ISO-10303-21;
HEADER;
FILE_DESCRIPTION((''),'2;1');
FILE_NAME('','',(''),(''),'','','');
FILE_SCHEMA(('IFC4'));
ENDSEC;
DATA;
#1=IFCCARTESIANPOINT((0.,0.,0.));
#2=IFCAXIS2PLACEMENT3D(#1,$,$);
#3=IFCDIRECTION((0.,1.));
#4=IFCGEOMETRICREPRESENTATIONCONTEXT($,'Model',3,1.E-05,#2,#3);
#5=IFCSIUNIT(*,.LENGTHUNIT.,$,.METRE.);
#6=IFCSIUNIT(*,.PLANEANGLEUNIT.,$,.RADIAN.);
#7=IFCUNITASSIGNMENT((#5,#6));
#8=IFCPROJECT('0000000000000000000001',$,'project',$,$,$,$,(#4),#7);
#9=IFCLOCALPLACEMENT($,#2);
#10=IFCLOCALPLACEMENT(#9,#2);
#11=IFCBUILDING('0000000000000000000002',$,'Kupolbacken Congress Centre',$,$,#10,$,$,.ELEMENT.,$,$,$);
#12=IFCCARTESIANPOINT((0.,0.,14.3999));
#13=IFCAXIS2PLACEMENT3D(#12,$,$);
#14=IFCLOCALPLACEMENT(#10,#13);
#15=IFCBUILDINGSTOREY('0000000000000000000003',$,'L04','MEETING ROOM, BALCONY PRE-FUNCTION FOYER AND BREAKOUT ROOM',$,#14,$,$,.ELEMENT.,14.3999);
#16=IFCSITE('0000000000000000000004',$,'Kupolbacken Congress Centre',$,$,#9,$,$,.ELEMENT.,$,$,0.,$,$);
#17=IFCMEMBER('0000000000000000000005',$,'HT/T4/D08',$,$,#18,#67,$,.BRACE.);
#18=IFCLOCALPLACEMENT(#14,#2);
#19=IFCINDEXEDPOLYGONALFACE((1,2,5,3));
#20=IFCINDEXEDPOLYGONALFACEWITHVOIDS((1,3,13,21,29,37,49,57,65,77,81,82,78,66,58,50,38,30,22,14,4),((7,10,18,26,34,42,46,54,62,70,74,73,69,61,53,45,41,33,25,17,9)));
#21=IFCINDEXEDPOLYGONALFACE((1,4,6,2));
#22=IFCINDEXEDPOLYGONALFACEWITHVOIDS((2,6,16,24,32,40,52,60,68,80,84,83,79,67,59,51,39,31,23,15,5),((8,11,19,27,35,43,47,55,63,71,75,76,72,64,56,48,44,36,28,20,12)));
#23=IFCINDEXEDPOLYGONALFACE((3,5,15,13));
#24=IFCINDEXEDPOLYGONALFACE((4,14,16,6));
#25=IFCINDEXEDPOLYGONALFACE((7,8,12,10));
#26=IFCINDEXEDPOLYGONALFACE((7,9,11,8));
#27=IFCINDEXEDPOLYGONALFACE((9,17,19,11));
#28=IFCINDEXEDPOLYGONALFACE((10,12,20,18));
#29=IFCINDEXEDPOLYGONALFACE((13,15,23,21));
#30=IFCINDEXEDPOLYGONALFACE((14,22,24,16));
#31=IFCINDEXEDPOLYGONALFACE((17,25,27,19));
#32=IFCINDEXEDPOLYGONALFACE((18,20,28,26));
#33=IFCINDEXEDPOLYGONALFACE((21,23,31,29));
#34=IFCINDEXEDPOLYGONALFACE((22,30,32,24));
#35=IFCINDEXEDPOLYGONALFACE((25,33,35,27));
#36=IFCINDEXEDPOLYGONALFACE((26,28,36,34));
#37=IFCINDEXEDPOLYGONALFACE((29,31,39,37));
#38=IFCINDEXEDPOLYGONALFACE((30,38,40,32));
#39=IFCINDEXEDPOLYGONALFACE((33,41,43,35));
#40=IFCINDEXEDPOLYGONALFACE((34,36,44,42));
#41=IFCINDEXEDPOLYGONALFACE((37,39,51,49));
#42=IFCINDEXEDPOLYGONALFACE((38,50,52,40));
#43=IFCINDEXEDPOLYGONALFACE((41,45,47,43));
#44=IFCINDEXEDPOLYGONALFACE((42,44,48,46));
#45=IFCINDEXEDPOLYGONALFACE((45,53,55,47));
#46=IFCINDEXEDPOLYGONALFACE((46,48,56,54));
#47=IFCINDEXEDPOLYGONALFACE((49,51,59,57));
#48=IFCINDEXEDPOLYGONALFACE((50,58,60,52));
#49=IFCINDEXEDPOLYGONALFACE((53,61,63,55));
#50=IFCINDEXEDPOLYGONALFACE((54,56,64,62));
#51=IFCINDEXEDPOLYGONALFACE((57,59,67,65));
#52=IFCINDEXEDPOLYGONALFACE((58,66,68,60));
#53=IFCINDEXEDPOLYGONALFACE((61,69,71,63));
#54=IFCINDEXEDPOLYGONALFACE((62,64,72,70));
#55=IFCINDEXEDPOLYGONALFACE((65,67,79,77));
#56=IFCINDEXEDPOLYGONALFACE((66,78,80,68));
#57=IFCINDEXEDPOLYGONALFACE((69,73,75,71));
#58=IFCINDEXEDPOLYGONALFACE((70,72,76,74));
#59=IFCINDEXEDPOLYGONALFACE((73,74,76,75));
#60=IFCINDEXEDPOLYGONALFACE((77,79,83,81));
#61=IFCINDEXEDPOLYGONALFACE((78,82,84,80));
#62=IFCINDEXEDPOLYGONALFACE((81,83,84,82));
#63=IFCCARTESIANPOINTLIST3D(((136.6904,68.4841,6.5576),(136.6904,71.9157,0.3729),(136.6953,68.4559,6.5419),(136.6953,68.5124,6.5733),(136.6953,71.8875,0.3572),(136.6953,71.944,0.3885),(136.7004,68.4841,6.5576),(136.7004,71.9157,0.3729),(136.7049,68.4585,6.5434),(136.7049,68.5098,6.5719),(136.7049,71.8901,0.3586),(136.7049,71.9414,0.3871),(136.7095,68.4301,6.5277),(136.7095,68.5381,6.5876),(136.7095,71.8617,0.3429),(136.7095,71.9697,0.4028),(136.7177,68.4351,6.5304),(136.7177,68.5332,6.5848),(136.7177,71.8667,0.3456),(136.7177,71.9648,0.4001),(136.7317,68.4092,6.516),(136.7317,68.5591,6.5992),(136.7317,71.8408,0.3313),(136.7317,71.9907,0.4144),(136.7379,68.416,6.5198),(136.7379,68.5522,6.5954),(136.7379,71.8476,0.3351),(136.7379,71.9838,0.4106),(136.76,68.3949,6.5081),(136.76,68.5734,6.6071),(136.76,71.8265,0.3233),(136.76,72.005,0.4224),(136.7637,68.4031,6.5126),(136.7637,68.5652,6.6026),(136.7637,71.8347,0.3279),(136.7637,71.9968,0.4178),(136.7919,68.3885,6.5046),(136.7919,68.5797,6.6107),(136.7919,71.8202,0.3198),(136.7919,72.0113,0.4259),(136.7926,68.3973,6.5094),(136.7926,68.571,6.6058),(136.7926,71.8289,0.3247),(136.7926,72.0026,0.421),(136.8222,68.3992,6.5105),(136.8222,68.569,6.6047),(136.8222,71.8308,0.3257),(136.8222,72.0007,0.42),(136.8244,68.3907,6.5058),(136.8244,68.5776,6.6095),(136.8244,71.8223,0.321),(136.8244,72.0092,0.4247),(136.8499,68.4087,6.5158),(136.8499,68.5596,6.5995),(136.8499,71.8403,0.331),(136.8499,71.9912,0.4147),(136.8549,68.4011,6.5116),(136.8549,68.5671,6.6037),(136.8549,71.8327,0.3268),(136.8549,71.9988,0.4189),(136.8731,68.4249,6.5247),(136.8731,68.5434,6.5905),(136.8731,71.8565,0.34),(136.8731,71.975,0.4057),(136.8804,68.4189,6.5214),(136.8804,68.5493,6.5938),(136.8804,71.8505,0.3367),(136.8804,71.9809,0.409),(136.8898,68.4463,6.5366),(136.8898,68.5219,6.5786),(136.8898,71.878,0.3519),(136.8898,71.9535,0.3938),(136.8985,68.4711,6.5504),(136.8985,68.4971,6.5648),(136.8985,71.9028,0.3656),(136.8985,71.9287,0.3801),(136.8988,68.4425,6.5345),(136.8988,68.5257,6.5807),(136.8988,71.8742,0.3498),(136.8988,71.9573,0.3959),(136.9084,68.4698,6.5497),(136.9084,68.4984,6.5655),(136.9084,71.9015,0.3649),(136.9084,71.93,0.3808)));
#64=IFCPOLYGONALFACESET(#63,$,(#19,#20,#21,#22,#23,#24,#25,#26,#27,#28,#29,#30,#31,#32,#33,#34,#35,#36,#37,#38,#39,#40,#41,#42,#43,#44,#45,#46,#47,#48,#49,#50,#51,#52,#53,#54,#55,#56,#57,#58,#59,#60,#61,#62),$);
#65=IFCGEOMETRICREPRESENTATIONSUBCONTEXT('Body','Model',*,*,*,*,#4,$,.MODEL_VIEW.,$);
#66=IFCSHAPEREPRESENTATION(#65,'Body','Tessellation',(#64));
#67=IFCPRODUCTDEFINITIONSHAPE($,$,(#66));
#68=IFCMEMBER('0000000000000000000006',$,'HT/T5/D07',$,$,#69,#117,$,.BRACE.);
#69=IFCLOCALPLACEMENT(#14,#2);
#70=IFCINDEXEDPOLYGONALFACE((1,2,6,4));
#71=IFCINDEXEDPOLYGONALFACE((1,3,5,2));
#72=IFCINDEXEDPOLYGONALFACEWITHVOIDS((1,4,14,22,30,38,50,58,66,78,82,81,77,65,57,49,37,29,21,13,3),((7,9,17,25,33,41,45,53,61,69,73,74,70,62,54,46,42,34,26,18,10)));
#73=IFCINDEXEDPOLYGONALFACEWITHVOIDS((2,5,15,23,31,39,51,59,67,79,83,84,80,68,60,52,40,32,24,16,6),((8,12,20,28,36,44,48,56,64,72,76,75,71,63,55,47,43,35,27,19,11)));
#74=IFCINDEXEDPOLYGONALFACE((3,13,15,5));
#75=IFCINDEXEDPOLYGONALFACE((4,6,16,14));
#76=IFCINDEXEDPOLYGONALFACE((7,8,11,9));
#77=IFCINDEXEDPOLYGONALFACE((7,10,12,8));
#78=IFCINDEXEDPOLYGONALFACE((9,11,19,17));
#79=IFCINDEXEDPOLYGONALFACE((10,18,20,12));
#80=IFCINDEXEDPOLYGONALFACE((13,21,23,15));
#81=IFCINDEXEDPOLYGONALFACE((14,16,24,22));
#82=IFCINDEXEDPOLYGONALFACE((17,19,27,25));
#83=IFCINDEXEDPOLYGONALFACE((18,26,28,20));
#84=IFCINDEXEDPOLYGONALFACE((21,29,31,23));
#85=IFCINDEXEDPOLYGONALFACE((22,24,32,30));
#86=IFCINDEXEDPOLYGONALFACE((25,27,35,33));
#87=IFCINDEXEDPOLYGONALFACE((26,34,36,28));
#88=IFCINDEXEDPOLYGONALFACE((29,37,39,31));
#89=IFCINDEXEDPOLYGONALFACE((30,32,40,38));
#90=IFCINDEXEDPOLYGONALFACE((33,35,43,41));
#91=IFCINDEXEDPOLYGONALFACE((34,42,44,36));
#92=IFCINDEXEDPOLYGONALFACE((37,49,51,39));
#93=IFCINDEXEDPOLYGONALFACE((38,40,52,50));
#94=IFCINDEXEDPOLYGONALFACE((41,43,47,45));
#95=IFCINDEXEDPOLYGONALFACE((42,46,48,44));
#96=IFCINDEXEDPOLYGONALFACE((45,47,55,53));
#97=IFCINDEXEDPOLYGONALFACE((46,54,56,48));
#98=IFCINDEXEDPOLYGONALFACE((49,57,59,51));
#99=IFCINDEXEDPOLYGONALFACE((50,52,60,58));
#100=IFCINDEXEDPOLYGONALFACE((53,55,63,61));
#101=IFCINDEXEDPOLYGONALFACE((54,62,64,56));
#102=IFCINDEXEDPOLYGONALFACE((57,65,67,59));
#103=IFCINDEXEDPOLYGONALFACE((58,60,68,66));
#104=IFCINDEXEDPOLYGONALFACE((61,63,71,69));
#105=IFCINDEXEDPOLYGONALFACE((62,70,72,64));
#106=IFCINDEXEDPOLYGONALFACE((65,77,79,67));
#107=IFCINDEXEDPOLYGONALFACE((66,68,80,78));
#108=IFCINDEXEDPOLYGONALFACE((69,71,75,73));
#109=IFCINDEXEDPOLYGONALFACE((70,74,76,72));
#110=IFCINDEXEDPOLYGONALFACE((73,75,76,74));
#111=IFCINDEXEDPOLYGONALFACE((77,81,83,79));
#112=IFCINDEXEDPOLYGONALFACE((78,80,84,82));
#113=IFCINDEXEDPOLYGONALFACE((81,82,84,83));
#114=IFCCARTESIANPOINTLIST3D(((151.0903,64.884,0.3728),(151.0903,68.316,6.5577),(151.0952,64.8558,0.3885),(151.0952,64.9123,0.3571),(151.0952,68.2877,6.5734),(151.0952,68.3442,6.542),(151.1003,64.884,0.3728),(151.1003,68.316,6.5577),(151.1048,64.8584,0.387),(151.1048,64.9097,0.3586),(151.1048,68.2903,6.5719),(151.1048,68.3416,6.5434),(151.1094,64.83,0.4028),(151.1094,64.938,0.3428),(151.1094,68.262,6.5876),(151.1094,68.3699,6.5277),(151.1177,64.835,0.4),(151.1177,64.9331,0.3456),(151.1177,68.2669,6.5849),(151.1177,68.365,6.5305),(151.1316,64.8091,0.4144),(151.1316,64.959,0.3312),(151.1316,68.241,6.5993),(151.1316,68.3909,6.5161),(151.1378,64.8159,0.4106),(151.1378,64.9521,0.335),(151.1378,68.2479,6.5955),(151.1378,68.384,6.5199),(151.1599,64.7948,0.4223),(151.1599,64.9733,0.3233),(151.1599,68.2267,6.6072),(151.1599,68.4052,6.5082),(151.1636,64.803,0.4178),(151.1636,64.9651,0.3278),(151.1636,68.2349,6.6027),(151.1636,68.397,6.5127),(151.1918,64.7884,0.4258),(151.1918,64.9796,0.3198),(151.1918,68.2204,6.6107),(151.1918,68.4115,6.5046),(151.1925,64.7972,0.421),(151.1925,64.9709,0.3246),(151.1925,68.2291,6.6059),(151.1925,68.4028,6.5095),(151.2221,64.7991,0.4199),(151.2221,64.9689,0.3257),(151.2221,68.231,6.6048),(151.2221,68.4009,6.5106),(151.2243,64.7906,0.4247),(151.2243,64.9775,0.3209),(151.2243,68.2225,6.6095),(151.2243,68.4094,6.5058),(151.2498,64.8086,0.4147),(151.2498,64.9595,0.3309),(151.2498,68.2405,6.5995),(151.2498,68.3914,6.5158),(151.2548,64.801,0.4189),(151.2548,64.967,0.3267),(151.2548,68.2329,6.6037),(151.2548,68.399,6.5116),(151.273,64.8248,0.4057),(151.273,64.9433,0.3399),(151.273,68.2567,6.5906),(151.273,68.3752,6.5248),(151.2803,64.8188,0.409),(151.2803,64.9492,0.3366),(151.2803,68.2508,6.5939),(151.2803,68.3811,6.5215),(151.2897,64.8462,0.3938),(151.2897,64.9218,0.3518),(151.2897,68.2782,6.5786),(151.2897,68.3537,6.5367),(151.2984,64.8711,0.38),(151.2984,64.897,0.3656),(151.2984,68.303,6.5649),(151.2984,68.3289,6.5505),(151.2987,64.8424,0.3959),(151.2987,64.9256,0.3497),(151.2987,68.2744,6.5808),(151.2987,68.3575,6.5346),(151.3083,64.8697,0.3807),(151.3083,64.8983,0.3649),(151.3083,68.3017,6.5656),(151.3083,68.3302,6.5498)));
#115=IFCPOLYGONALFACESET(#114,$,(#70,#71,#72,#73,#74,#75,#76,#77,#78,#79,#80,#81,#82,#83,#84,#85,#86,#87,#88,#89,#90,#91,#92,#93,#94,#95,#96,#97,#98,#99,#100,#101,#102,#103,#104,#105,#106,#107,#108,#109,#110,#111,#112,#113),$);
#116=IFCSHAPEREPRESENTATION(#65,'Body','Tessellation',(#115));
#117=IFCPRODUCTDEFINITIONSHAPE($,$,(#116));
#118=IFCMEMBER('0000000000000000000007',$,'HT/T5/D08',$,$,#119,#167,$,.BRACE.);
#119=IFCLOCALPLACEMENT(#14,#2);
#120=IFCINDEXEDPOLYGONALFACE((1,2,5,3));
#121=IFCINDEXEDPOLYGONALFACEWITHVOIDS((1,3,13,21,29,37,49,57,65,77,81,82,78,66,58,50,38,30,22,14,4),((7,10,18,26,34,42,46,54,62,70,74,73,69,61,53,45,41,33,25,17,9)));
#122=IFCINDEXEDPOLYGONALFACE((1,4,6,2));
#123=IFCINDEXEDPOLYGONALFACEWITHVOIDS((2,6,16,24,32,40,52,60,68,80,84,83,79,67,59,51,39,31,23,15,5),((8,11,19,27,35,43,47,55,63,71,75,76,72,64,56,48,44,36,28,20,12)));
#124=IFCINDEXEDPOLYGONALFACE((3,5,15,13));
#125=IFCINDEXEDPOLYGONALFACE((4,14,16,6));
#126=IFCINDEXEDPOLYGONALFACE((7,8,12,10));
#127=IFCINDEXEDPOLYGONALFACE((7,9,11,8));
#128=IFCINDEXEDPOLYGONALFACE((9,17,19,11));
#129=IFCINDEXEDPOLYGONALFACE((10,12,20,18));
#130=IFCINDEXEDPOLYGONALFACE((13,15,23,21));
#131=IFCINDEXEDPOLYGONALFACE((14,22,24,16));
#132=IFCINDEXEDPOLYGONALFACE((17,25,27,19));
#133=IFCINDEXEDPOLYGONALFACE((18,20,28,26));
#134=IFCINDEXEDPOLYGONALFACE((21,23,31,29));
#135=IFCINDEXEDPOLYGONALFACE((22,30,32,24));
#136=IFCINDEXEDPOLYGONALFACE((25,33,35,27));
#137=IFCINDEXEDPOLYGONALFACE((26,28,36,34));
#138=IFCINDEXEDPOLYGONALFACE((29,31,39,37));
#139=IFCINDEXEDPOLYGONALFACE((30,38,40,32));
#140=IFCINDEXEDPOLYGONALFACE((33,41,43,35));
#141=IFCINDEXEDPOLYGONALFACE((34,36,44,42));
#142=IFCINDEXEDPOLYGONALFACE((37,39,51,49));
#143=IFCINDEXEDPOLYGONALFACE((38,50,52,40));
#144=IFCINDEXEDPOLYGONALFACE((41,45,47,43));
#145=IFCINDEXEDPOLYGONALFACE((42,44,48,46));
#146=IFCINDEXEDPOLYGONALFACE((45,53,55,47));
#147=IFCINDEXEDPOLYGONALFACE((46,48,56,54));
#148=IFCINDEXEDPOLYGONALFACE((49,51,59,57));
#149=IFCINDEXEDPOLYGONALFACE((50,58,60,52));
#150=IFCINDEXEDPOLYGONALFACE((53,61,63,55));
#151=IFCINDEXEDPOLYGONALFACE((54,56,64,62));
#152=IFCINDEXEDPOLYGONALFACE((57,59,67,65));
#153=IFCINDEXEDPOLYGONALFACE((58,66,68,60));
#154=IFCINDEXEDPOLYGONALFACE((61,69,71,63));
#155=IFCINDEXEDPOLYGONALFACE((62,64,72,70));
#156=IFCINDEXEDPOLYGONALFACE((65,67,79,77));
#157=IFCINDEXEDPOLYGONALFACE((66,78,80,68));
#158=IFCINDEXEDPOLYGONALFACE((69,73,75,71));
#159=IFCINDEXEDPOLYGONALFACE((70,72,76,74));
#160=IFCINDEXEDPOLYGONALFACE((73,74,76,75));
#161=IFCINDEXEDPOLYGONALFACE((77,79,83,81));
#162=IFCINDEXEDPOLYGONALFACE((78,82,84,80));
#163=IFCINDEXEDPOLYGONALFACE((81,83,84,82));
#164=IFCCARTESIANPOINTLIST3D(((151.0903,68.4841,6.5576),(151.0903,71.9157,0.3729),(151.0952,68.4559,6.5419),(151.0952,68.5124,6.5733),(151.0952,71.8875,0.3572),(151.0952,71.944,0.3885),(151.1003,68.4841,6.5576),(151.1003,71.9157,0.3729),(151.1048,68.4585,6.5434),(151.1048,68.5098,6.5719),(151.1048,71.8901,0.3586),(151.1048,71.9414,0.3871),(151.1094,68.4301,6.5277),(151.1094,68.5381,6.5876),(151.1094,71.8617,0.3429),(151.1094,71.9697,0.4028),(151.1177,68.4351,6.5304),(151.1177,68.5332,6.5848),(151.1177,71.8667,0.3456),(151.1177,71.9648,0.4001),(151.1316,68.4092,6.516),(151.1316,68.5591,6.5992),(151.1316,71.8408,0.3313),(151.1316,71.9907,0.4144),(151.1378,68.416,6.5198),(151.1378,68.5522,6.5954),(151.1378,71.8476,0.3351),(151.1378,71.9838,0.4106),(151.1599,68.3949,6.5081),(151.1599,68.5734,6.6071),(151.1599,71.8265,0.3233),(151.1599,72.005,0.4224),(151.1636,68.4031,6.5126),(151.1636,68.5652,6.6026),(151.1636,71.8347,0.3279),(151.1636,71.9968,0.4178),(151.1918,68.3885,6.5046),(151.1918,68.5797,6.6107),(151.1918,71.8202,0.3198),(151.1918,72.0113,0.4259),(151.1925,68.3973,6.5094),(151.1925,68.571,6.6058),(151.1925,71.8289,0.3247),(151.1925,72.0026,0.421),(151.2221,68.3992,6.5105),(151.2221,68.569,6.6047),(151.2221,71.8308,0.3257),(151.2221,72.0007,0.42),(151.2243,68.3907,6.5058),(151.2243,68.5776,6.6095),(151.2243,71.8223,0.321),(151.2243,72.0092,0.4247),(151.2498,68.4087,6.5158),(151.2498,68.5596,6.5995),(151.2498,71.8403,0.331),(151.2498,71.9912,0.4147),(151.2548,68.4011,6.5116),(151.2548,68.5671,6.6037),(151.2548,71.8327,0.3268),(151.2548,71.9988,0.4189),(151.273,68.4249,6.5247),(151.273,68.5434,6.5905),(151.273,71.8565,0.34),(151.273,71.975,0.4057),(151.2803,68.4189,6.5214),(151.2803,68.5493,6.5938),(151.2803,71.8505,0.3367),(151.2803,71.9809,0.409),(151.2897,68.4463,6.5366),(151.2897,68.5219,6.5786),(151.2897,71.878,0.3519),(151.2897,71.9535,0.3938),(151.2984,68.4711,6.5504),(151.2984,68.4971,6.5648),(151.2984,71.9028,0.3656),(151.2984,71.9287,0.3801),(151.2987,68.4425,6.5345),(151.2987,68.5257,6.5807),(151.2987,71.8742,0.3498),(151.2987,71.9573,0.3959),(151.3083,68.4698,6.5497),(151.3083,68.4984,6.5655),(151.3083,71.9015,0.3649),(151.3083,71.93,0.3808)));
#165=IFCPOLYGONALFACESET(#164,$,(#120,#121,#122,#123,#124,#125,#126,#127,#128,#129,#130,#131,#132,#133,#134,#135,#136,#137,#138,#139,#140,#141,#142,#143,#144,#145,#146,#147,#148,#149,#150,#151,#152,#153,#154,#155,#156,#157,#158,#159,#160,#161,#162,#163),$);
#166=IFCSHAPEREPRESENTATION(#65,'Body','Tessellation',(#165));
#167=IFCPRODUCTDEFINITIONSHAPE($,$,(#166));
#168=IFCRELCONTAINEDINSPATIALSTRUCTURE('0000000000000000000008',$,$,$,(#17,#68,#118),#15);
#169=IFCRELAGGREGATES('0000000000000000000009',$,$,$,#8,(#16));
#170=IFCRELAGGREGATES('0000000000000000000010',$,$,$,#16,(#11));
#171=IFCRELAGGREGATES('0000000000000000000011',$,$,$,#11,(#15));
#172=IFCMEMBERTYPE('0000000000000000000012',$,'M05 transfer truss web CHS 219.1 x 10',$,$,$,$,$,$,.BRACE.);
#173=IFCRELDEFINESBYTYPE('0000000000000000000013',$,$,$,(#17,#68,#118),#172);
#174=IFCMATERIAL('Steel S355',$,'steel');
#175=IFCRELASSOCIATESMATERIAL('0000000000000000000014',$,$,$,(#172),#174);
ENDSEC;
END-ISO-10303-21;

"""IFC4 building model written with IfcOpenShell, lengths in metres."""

from ifc_helpers import new_model, si_unit, direction, frame, origin, origin_2d, place, context, subcontext, project, spatial, hollow_circle, extrude, material, material_profile, profile_set, type_object, element, save


model = new_model("IFC4")

# Units and contexts
model_context = context("Model", 3, precision=1e-05, world=origin(), true_north=direction((0.0, 1.0)))
body_context = subcontext(model_context, "Body", "Model", "MODEL_VIEW")
ifc_project = project(units=[si_unit("LENGTHUNIT", "METRE"), si_unit("PLANEANGLEUNIT", "RADIAN")], contexts=[model_context])

# Site, building, storey
site_placement = place(None, origin())
site = spatial("IfcSite", under=ifc_project, at=site_placement, Name="Kupolbacken Congress Centre", CompositionType="ELEMENT", RefElevation=0.0)
building_placement = place(site_placement, origin())
building = spatial("IfcBuilding", under=site, at=building_placement, Name="Kupolbacken Congress Centre", CompositionType="ELEMENT")
storey_placement = place(building_placement, frame((0.0, 0.0, 14.3999)))
storey = spatial("IfcBuildingStorey", under=building, at=storey_placement, Name="L04", Description="MEETING ROOM, BALCONY PRE-FUNCTION FOYER AND BREAKOUT ROOM", CompositionType="ELEMENT", Elevation=14.3999)

# Members
ifc_material_1 = material(Name="Steel S355", Category="steel")
ifc_material_profile_1 = material_profile(ifc_material_1, hollow_circle(Radius=0.1096, WallThickness=0.01, at=origin_2d()), Name="CHS 219.1 x 10")
ifc_profile_set_1 = profile_set([ifc_material_profile_1], Name="Steel S355")
member_type_1 = type_object("IfcMemberType", Name="M05 transfer truss web CHS 219.1 x 10", PredefinedType="BRACE", material=ifc_profile_set_1)
member_1_placement = place(storey_placement, frame((136.8, 68.4841, 6.5576), z_axis=(0.0, 0.485171, -0.874419), x_axis=(-1.0, 0.0, 0.0)))
element("IfcMember", 1, at=member_1_placement, inside=storey, type_object=member_type_1, Name="HT/T4/D08", PredefinedType="BRACE", context=body_context, shape_type="SweptSolid", body=[
    extrude(hollow_circle(Radius=0.1096, WallThickness=0.01, at=origin_2d()), origin(), (0.0, 0.0, 1.0), 7.073),
])
member_2_placement = place(storey_placement, frame((151.2, 64.884, 0.3728), z_axis=(0.0, 0.485197, 0.874405), x_axis=(-1.0, 0.0, 0.0)))
element("IfcMember", 2, at=member_2_placement, inside=storey, type_object=member_type_1, Name="HT/T5/D07", PredefinedType="BRACE", context=body_context, shape_type="SweptSolid", body=[
    extrude(hollow_circle(Radius=0.1096, WallThickness=0.01, at=origin_2d()), origin(), (0.0, 0.0, 1.0), 7.0732),
])
member_3_placement = place(storey_placement, frame((151.2, 68.4841, 6.5576), z_axis=(0.0, 0.485171, -0.874419), x_axis=(-1.0, 0.0, 0.0)))
element("IfcMember", 3, at=member_3_placement, inside=storey, type_object=member_type_1, Name="HT/T5/D08", PredefinedType="BRACE", context=body_context, shape_type="SweptSolid", body=[
    extrude(hollow_circle(Radius=0.1096, WallThickness=0.01, at=origin_2d()), origin(), (0.0, 0.0, 1.0), 7.073),
])

save(model, "model.ifc")
